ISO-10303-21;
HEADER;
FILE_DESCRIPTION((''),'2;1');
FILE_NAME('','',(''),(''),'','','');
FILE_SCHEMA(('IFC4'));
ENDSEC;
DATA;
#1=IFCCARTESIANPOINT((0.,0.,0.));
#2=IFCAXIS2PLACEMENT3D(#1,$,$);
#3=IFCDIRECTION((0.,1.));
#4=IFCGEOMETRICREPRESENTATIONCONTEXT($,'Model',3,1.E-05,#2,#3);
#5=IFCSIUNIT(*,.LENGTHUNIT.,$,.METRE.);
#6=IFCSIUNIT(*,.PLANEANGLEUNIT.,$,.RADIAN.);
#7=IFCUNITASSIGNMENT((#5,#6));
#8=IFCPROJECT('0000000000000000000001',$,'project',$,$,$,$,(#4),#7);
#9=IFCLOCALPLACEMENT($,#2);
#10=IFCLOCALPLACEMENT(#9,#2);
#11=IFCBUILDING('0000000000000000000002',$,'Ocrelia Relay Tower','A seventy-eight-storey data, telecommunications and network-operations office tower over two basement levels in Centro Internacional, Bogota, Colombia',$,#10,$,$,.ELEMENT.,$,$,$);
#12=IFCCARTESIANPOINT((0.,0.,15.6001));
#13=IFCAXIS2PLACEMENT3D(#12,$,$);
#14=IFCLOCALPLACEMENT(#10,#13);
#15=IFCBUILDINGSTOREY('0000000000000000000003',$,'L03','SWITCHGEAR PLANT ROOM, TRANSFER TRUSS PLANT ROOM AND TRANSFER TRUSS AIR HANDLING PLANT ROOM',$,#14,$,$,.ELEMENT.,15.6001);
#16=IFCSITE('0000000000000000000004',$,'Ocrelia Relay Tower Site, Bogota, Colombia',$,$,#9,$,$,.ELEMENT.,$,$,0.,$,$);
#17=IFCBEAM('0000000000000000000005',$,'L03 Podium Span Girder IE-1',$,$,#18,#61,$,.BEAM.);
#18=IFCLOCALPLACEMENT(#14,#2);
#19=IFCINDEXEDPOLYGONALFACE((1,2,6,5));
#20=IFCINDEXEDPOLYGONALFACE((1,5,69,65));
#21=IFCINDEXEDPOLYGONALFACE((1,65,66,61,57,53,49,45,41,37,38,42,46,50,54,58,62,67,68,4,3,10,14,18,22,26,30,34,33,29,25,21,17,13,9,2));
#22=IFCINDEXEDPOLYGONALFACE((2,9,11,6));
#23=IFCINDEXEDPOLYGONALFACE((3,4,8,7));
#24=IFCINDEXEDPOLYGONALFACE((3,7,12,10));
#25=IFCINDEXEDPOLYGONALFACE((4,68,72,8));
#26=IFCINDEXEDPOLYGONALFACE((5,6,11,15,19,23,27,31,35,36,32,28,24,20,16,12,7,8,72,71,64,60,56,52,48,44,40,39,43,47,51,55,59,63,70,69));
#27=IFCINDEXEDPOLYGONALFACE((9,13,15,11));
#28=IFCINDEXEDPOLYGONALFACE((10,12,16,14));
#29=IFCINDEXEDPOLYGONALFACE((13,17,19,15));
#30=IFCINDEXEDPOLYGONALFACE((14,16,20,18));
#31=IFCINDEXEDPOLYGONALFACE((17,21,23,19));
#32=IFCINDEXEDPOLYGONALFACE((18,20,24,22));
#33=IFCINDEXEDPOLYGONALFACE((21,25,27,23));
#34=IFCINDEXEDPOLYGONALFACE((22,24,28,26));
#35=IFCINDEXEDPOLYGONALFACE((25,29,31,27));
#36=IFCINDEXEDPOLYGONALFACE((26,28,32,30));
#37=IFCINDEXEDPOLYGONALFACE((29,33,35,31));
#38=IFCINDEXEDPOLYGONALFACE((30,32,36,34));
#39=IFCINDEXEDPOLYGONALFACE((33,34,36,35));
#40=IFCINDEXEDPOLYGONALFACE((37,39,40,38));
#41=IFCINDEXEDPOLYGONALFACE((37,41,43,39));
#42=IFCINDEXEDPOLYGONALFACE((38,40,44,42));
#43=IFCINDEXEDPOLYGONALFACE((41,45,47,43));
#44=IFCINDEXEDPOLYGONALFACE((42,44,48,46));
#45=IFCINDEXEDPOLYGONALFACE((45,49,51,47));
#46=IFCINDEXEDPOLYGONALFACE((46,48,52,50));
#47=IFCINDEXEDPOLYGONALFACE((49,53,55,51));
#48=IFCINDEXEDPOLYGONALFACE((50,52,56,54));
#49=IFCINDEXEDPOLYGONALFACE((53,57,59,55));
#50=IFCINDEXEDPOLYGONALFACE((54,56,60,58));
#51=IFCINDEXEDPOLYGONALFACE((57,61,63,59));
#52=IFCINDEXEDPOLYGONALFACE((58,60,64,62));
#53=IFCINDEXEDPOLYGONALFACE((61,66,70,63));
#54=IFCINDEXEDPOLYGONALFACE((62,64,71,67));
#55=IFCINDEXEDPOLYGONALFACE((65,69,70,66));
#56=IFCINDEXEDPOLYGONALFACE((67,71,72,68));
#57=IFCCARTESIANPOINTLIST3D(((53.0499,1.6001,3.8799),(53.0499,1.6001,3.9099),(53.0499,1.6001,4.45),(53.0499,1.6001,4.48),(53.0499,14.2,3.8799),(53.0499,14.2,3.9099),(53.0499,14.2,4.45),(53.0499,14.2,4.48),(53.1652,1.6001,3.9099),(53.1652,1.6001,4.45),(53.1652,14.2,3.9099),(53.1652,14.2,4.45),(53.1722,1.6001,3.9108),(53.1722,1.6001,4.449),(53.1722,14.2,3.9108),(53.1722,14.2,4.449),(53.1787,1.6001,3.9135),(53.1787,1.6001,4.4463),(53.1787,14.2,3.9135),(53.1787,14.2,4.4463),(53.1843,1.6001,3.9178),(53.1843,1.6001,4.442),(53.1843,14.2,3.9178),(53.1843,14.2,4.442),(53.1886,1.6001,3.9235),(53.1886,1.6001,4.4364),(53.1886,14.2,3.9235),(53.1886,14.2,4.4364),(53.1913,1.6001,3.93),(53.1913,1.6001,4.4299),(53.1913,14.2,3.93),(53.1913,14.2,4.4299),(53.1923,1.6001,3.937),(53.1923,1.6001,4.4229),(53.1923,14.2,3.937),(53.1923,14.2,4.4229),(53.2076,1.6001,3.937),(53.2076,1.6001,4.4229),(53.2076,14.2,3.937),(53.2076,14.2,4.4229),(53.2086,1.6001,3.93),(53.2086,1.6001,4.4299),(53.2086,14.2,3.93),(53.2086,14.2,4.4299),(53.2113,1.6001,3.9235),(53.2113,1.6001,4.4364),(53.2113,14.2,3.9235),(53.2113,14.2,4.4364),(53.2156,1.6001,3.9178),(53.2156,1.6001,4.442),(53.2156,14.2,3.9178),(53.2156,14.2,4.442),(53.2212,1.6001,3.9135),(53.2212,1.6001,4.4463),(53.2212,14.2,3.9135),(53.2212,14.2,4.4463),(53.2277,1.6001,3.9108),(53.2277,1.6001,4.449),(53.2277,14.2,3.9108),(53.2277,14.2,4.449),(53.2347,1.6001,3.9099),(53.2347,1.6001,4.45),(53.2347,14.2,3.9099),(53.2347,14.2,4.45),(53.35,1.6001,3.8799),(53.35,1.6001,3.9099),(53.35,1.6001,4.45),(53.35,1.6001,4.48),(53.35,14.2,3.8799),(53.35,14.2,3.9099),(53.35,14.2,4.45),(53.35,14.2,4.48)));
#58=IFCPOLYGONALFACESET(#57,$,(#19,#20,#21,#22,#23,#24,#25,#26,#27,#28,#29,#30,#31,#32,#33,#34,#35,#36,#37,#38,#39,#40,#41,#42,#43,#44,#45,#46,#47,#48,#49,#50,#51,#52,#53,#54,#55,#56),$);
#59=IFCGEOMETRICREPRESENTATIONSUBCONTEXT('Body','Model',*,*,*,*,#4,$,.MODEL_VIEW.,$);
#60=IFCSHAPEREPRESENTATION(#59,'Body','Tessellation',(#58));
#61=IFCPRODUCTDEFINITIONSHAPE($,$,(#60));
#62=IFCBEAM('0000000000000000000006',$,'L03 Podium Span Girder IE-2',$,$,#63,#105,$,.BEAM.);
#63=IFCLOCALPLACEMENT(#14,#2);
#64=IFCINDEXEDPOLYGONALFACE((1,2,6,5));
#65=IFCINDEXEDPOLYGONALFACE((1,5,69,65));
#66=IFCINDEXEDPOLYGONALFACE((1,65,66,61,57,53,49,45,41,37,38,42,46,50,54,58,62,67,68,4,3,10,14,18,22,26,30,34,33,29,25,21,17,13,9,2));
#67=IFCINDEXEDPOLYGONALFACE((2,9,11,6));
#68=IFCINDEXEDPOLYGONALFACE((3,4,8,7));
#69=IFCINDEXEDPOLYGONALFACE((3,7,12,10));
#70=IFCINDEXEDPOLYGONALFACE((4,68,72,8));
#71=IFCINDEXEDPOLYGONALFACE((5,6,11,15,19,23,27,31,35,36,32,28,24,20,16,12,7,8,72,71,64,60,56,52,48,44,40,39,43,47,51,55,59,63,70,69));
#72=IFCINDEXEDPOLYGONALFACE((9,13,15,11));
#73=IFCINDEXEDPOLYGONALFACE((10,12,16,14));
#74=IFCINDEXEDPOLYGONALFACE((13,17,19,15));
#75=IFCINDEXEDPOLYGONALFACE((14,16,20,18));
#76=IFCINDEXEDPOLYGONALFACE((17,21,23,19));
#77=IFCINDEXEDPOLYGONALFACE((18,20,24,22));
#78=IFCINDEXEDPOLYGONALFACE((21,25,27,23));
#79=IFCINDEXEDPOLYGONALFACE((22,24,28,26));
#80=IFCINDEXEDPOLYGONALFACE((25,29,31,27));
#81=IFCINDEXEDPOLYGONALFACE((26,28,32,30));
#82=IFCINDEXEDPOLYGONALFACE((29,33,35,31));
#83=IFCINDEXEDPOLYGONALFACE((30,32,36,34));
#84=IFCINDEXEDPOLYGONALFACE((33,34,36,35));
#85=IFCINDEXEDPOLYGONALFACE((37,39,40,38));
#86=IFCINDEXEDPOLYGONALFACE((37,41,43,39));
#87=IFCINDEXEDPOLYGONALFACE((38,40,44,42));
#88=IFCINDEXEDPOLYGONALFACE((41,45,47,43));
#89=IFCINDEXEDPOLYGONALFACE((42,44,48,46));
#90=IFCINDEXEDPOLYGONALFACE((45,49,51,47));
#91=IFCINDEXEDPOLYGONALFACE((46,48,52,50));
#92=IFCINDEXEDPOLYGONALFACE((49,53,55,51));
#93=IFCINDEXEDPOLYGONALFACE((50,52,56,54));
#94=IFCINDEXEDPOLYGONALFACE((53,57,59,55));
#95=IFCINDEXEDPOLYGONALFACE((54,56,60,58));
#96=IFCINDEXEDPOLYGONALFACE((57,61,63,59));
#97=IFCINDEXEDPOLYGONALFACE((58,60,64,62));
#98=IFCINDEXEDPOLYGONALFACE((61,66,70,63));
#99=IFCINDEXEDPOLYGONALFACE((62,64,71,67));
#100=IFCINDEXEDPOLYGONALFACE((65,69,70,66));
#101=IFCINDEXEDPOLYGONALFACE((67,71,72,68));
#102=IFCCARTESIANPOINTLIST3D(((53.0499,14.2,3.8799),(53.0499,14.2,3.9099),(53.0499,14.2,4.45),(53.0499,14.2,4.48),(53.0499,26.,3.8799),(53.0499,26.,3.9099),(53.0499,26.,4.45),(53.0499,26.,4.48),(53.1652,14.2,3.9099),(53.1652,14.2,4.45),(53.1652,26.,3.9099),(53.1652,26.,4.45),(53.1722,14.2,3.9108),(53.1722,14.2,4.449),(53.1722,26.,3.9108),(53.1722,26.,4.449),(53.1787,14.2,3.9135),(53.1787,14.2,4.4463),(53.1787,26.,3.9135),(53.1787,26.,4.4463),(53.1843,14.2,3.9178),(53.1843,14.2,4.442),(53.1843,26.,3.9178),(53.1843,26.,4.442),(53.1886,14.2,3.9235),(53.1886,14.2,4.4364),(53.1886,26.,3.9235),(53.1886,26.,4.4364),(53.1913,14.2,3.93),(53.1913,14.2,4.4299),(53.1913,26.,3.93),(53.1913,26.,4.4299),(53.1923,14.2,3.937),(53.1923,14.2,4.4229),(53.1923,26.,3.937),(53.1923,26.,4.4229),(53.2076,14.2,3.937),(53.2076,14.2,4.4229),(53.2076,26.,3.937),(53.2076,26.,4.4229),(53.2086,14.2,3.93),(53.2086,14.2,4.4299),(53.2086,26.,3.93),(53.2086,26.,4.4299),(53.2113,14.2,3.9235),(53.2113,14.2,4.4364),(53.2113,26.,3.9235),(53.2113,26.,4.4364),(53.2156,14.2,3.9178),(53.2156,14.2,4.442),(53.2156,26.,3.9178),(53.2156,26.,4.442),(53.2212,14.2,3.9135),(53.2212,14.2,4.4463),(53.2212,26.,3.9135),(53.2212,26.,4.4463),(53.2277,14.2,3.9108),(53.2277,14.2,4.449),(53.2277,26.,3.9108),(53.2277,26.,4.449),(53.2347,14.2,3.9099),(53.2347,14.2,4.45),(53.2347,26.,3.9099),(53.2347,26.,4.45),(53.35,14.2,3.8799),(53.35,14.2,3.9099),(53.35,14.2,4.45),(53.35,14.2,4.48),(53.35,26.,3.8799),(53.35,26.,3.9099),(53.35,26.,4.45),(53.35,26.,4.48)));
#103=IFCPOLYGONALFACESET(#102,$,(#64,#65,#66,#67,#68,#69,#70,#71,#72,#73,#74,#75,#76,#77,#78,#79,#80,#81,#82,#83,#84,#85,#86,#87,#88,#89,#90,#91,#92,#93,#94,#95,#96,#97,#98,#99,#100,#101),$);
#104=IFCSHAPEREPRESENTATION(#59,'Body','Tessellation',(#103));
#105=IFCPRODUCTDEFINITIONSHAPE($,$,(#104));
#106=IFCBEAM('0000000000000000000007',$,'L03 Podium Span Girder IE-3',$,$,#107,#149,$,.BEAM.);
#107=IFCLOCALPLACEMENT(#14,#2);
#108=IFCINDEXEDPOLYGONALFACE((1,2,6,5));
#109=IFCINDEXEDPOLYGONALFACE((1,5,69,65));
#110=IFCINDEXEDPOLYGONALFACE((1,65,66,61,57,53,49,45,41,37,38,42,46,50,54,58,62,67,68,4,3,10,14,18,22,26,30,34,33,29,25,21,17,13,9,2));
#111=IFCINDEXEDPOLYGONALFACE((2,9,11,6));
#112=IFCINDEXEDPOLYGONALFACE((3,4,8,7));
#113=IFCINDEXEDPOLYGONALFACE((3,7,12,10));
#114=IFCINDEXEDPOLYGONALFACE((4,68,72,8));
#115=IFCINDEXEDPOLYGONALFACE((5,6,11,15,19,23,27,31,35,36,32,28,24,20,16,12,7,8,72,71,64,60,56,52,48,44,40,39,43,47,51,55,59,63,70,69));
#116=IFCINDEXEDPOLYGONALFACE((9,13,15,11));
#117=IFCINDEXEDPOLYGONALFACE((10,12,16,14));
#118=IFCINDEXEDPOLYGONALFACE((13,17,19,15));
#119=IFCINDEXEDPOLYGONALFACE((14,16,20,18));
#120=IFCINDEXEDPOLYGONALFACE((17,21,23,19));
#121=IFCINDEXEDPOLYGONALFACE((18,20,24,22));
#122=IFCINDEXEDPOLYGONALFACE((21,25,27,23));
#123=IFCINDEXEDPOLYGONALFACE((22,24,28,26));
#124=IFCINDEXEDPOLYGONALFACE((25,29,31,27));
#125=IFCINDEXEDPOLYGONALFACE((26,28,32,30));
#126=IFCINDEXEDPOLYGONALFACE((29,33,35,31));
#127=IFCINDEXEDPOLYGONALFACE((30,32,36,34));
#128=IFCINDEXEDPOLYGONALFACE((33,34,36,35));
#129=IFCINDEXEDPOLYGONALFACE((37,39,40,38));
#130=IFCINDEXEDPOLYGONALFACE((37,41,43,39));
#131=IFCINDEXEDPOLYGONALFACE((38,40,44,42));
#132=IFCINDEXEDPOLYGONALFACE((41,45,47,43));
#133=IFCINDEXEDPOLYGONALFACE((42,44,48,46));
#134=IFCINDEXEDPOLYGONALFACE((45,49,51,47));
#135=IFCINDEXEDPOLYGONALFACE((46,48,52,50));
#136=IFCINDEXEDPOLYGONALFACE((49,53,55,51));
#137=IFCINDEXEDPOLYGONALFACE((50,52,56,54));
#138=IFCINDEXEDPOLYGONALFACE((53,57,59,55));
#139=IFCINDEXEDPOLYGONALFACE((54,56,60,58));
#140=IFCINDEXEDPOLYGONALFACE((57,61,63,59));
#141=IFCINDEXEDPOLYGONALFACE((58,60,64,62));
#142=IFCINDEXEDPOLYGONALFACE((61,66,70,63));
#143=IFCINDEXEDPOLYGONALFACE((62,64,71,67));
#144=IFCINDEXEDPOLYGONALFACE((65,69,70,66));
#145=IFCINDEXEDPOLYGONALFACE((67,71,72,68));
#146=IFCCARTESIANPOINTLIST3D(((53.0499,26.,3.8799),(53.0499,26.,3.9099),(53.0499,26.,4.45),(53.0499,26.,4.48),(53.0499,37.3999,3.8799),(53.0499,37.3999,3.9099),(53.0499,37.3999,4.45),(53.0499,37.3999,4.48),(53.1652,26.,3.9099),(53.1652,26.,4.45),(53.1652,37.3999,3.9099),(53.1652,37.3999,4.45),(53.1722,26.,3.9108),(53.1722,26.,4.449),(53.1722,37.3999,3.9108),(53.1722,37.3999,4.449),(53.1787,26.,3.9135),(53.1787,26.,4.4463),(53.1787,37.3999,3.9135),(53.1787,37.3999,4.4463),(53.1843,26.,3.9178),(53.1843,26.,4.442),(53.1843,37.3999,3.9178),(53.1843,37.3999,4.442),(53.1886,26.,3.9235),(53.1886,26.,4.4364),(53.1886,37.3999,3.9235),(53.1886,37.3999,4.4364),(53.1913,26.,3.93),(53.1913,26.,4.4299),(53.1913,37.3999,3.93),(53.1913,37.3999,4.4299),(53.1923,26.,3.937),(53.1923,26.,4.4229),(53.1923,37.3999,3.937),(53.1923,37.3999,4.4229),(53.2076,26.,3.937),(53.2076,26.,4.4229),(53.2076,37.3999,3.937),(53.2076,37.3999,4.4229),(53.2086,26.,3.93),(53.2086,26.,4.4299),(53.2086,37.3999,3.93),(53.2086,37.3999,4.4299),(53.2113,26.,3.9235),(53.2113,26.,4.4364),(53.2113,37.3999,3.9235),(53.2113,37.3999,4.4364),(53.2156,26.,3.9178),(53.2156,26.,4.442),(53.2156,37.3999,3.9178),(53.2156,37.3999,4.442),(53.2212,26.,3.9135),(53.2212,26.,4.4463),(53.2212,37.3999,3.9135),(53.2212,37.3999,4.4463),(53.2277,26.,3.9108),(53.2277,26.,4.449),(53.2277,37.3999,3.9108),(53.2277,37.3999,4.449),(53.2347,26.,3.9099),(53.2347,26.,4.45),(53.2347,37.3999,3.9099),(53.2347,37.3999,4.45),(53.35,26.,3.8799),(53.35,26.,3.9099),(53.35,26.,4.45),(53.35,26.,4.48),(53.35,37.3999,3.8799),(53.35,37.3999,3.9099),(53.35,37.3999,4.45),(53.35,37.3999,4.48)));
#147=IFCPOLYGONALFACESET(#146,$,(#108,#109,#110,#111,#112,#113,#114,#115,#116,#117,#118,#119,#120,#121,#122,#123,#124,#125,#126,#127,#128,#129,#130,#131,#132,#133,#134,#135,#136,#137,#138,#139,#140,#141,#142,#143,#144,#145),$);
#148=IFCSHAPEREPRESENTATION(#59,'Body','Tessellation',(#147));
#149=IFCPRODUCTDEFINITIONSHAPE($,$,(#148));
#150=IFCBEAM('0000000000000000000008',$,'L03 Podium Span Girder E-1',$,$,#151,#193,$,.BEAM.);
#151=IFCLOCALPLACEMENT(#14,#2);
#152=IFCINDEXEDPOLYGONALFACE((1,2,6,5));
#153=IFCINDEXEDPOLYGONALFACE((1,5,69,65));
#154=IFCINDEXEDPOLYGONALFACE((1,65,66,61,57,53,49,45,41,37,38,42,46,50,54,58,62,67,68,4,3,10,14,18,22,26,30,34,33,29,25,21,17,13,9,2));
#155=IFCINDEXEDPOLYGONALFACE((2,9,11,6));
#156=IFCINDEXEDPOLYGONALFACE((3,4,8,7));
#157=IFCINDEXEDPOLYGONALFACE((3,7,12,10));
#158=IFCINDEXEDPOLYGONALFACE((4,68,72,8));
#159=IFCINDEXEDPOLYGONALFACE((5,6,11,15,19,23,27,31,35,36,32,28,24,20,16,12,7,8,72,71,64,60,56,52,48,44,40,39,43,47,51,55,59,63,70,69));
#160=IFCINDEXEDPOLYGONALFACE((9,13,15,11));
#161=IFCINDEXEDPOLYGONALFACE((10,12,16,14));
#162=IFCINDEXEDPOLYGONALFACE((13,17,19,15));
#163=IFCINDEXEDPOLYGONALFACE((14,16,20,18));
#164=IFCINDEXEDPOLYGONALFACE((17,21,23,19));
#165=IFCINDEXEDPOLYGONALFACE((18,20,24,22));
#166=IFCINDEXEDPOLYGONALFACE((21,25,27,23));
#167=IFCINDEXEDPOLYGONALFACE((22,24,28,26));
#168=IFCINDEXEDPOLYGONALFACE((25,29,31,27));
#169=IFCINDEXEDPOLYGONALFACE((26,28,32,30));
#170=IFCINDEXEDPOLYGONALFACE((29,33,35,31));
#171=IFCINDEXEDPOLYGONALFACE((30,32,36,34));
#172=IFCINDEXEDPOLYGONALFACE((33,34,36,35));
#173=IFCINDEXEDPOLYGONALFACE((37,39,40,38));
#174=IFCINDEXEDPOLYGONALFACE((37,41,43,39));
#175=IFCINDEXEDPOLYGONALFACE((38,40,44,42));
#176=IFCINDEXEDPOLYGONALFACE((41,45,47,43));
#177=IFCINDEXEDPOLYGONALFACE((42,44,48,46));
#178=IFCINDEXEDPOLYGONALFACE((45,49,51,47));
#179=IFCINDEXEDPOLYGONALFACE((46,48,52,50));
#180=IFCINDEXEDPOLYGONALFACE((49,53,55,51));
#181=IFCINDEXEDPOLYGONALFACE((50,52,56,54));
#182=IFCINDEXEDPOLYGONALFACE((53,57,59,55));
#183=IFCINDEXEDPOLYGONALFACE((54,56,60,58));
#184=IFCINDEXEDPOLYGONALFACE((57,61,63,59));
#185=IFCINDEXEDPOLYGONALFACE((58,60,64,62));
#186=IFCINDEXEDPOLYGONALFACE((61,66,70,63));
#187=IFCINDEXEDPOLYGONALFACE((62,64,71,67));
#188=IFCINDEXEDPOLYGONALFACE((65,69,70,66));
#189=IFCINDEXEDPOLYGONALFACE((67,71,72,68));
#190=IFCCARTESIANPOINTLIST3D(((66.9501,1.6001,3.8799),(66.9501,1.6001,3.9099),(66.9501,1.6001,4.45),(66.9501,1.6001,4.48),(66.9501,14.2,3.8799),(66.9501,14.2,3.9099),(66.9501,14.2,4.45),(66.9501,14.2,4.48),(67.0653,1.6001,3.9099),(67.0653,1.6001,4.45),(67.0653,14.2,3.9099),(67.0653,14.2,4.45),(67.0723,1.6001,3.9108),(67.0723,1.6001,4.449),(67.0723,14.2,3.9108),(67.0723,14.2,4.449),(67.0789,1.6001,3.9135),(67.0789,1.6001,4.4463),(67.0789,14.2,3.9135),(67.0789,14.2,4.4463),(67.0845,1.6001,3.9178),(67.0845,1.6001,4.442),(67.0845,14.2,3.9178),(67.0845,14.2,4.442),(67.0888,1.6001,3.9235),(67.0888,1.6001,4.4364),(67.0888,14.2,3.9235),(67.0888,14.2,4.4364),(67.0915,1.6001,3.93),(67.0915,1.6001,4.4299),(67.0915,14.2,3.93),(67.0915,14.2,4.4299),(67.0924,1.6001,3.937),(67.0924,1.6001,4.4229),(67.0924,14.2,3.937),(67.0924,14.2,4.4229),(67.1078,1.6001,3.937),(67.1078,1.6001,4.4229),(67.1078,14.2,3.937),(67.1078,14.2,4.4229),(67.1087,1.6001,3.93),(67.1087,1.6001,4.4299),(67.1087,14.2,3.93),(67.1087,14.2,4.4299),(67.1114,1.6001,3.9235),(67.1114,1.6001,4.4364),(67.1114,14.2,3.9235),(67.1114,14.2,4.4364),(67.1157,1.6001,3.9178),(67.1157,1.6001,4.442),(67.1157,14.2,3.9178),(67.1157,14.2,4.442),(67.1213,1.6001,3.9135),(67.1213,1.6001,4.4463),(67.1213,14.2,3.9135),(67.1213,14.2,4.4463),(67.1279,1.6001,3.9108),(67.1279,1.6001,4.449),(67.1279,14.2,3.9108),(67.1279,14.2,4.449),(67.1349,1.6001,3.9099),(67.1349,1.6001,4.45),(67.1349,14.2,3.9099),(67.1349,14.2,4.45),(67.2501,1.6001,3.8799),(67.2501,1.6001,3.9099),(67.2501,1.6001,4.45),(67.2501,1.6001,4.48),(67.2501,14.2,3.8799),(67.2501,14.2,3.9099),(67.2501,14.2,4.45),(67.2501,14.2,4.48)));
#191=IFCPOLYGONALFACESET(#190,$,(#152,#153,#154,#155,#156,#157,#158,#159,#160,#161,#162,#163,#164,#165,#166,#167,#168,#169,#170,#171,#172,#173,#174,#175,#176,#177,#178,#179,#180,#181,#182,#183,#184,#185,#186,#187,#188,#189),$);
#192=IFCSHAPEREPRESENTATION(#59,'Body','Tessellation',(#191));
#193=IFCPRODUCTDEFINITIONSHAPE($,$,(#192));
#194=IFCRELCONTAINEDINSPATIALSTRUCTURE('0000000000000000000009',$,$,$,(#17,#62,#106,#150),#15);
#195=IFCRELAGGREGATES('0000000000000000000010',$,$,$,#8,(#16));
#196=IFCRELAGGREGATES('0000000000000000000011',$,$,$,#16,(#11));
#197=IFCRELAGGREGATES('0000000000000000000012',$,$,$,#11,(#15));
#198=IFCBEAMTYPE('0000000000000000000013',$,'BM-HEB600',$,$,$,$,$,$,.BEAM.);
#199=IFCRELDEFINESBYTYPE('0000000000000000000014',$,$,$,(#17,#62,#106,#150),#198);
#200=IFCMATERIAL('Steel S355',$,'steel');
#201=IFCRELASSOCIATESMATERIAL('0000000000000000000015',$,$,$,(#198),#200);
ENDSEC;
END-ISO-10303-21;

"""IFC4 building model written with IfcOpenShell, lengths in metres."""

from ifc_helpers import new_model, si_unit, direction, frame, origin, origin_2d, place, context, subcontext, project, spatial, i_section, extrude, material, material_profile, profile_set, type_object, element, save


model = new_model("IFC4")

# Units and contexts
model_context = context("Model", 3, precision=1e-05, world=origin(), true_north=direction((0.0, 1.0)))
body_context = subcontext(model_context, "Body", "Model", "MODEL_VIEW")
ifc_project = project(units=[si_unit("LENGTHUNIT", "METRE"), si_unit("PLANEANGLEUNIT", "RADIAN")], contexts=[model_context])

# Site, building, storey
site_placement = place(None, origin())
site = spatial("IfcSite", under=ifc_project, at=site_placement, Name="Ocrelia Relay Tower Site, Bogota, Colombia", CompositionType="ELEMENT", RefElevation=0.0)
building_placement = place(site_placement, origin())
building = spatial("IfcBuilding", under=site, at=building_placement, Name="Ocrelia Relay Tower", Description="A seventy-eight-storey data, telecommunications and network-operations office tower over two basement levels in Centro Internacional, Bogota, Colombia", CompositionType="ELEMENT")
storey_placement = place(building_placement, frame((0.0, 0.0, 15.6001)))
storey = spatial("IfcBuildingStorey", under=building, at=storey_placement, Name="L03", Description="SWITCHGEAR PLANT ROOM, TRANSFER TRUSS PLANT ROOM AND TRANSFER TRUSS AIR HANDLING PLANT ROOM", CompositionType="ELEMENT", Elevation=15.6001)

# Beams
ifc_material_1 = material(Name="Steel S355", Category="steel")
ifc_material_profile_1 = material_profile(ifc_material_1, i_section(OverallWidth=0.3, OverallDepth=0.6001, WebThickness=0.0154, FlangeThickness=0.03, FilletRadius=0.0271, at=origin_2d()), Name="HEB 600")
ifc_profile_set_1 = profile_set([ifc_material_profile_1], Name="Steel S355")
beam_type_1 = type_object("IfcBeamType", Name="BM-HEB600", PredefinedType="BEAM", material=ifc_profile_set_1)
beam_1_placement = place(storey_placement, frame((53.2, 1.6001, 4.1799), z_axis=(0.0, 1.0, 0.0), x_axis=(-1.0, 0.0, 0.0)))
element("IfcBeam", 1, at=beam_1_placement, inside=storey, type_object=beam_type_1, Name="L03 Podium Span Girder IE-1", PredefinedType="BEAM", context=body_context, shape_type="SweptSolid", body=[
    extrude(i_section(OverallWidth=0.3, OverallDepth=0.6001, WebThickness=0.0154, FlangeThickness=0.03, FilletRadius=0.0271, at=origin_2d()), origin(), (0.0, 0.0, 1.0), 12.5999),
])
beam_2_placement = place(storey_placement, frame((53.2, 14.2, 4.1799), z_axis=(0.0, 1.0, 0.0), x_axis=(-1.0, 0.0, 0.0)))
element("IfcBeam", 2, at=beam_2_placement, inside=storey, type_object=beam_type_1, Name="L03 Podium Span Girder IE-2", PredefinedType="BEAM", context=body_context, shape_type="SweptSolid", body=[
    extrude(i_section(OverallWidth=0.3, OverallDepth=0.6001, WebThickness=0.0154, FlangeThickness=0.03, FilletRadius=0.0271, at=origin_2d()), origin(), (0.0, 0.0, 1.0), 11.8),
])
beam_3_placement = place(storey_placement, frame((53.2, 26.0, 4.1799), z_axis=(0.0, 1.0, 0.0), x_axis=(-1.0, 0.0, 0.0)))
element("IfcBeam", 3, at=beam_3_placement, inside=storey, type_object=beam_type_1, Name="L03 Podium Span Girder IE-3", PredefinedType="BEAM", context=body_context, shape_type="SweptSolid", body=[
    extrude(i_section(OverallWidth=0.3, OverallDepth=0.6001, WebThickness=0.0154, FlangeThickness=0.03, FilletRadius=0.0271, at=origin_2d()), origin(), (0.0, 0.0, 1.0), 11.3999),
])
beam_4_placement = place(storey_placement, frame((67.1001, 1.6001, 4.1799), z_axis=(0.0, 1.0, 0.0), x_axis=(-1.0, 0.0, 0.0)))
element("IfcBeam", 4, at=beam_4_placement, inside=storey, type_object=beam_type_1, Name="L03 Podium Span Girder E-1", PredefinedType="BEAM", context=body_context, shape_type="SweptSolid", body=[
    extrude(i_section(OverallWidth=0.3, OverallDepth=0.6001, WebThickness=0.0154, FlangeThickness=0.03, FilletRadius=0.0271, at=origin_2d()), origin(), (0.0, 0.0, 1.0), 12.5999),
])

save(model, "model.ifc")
